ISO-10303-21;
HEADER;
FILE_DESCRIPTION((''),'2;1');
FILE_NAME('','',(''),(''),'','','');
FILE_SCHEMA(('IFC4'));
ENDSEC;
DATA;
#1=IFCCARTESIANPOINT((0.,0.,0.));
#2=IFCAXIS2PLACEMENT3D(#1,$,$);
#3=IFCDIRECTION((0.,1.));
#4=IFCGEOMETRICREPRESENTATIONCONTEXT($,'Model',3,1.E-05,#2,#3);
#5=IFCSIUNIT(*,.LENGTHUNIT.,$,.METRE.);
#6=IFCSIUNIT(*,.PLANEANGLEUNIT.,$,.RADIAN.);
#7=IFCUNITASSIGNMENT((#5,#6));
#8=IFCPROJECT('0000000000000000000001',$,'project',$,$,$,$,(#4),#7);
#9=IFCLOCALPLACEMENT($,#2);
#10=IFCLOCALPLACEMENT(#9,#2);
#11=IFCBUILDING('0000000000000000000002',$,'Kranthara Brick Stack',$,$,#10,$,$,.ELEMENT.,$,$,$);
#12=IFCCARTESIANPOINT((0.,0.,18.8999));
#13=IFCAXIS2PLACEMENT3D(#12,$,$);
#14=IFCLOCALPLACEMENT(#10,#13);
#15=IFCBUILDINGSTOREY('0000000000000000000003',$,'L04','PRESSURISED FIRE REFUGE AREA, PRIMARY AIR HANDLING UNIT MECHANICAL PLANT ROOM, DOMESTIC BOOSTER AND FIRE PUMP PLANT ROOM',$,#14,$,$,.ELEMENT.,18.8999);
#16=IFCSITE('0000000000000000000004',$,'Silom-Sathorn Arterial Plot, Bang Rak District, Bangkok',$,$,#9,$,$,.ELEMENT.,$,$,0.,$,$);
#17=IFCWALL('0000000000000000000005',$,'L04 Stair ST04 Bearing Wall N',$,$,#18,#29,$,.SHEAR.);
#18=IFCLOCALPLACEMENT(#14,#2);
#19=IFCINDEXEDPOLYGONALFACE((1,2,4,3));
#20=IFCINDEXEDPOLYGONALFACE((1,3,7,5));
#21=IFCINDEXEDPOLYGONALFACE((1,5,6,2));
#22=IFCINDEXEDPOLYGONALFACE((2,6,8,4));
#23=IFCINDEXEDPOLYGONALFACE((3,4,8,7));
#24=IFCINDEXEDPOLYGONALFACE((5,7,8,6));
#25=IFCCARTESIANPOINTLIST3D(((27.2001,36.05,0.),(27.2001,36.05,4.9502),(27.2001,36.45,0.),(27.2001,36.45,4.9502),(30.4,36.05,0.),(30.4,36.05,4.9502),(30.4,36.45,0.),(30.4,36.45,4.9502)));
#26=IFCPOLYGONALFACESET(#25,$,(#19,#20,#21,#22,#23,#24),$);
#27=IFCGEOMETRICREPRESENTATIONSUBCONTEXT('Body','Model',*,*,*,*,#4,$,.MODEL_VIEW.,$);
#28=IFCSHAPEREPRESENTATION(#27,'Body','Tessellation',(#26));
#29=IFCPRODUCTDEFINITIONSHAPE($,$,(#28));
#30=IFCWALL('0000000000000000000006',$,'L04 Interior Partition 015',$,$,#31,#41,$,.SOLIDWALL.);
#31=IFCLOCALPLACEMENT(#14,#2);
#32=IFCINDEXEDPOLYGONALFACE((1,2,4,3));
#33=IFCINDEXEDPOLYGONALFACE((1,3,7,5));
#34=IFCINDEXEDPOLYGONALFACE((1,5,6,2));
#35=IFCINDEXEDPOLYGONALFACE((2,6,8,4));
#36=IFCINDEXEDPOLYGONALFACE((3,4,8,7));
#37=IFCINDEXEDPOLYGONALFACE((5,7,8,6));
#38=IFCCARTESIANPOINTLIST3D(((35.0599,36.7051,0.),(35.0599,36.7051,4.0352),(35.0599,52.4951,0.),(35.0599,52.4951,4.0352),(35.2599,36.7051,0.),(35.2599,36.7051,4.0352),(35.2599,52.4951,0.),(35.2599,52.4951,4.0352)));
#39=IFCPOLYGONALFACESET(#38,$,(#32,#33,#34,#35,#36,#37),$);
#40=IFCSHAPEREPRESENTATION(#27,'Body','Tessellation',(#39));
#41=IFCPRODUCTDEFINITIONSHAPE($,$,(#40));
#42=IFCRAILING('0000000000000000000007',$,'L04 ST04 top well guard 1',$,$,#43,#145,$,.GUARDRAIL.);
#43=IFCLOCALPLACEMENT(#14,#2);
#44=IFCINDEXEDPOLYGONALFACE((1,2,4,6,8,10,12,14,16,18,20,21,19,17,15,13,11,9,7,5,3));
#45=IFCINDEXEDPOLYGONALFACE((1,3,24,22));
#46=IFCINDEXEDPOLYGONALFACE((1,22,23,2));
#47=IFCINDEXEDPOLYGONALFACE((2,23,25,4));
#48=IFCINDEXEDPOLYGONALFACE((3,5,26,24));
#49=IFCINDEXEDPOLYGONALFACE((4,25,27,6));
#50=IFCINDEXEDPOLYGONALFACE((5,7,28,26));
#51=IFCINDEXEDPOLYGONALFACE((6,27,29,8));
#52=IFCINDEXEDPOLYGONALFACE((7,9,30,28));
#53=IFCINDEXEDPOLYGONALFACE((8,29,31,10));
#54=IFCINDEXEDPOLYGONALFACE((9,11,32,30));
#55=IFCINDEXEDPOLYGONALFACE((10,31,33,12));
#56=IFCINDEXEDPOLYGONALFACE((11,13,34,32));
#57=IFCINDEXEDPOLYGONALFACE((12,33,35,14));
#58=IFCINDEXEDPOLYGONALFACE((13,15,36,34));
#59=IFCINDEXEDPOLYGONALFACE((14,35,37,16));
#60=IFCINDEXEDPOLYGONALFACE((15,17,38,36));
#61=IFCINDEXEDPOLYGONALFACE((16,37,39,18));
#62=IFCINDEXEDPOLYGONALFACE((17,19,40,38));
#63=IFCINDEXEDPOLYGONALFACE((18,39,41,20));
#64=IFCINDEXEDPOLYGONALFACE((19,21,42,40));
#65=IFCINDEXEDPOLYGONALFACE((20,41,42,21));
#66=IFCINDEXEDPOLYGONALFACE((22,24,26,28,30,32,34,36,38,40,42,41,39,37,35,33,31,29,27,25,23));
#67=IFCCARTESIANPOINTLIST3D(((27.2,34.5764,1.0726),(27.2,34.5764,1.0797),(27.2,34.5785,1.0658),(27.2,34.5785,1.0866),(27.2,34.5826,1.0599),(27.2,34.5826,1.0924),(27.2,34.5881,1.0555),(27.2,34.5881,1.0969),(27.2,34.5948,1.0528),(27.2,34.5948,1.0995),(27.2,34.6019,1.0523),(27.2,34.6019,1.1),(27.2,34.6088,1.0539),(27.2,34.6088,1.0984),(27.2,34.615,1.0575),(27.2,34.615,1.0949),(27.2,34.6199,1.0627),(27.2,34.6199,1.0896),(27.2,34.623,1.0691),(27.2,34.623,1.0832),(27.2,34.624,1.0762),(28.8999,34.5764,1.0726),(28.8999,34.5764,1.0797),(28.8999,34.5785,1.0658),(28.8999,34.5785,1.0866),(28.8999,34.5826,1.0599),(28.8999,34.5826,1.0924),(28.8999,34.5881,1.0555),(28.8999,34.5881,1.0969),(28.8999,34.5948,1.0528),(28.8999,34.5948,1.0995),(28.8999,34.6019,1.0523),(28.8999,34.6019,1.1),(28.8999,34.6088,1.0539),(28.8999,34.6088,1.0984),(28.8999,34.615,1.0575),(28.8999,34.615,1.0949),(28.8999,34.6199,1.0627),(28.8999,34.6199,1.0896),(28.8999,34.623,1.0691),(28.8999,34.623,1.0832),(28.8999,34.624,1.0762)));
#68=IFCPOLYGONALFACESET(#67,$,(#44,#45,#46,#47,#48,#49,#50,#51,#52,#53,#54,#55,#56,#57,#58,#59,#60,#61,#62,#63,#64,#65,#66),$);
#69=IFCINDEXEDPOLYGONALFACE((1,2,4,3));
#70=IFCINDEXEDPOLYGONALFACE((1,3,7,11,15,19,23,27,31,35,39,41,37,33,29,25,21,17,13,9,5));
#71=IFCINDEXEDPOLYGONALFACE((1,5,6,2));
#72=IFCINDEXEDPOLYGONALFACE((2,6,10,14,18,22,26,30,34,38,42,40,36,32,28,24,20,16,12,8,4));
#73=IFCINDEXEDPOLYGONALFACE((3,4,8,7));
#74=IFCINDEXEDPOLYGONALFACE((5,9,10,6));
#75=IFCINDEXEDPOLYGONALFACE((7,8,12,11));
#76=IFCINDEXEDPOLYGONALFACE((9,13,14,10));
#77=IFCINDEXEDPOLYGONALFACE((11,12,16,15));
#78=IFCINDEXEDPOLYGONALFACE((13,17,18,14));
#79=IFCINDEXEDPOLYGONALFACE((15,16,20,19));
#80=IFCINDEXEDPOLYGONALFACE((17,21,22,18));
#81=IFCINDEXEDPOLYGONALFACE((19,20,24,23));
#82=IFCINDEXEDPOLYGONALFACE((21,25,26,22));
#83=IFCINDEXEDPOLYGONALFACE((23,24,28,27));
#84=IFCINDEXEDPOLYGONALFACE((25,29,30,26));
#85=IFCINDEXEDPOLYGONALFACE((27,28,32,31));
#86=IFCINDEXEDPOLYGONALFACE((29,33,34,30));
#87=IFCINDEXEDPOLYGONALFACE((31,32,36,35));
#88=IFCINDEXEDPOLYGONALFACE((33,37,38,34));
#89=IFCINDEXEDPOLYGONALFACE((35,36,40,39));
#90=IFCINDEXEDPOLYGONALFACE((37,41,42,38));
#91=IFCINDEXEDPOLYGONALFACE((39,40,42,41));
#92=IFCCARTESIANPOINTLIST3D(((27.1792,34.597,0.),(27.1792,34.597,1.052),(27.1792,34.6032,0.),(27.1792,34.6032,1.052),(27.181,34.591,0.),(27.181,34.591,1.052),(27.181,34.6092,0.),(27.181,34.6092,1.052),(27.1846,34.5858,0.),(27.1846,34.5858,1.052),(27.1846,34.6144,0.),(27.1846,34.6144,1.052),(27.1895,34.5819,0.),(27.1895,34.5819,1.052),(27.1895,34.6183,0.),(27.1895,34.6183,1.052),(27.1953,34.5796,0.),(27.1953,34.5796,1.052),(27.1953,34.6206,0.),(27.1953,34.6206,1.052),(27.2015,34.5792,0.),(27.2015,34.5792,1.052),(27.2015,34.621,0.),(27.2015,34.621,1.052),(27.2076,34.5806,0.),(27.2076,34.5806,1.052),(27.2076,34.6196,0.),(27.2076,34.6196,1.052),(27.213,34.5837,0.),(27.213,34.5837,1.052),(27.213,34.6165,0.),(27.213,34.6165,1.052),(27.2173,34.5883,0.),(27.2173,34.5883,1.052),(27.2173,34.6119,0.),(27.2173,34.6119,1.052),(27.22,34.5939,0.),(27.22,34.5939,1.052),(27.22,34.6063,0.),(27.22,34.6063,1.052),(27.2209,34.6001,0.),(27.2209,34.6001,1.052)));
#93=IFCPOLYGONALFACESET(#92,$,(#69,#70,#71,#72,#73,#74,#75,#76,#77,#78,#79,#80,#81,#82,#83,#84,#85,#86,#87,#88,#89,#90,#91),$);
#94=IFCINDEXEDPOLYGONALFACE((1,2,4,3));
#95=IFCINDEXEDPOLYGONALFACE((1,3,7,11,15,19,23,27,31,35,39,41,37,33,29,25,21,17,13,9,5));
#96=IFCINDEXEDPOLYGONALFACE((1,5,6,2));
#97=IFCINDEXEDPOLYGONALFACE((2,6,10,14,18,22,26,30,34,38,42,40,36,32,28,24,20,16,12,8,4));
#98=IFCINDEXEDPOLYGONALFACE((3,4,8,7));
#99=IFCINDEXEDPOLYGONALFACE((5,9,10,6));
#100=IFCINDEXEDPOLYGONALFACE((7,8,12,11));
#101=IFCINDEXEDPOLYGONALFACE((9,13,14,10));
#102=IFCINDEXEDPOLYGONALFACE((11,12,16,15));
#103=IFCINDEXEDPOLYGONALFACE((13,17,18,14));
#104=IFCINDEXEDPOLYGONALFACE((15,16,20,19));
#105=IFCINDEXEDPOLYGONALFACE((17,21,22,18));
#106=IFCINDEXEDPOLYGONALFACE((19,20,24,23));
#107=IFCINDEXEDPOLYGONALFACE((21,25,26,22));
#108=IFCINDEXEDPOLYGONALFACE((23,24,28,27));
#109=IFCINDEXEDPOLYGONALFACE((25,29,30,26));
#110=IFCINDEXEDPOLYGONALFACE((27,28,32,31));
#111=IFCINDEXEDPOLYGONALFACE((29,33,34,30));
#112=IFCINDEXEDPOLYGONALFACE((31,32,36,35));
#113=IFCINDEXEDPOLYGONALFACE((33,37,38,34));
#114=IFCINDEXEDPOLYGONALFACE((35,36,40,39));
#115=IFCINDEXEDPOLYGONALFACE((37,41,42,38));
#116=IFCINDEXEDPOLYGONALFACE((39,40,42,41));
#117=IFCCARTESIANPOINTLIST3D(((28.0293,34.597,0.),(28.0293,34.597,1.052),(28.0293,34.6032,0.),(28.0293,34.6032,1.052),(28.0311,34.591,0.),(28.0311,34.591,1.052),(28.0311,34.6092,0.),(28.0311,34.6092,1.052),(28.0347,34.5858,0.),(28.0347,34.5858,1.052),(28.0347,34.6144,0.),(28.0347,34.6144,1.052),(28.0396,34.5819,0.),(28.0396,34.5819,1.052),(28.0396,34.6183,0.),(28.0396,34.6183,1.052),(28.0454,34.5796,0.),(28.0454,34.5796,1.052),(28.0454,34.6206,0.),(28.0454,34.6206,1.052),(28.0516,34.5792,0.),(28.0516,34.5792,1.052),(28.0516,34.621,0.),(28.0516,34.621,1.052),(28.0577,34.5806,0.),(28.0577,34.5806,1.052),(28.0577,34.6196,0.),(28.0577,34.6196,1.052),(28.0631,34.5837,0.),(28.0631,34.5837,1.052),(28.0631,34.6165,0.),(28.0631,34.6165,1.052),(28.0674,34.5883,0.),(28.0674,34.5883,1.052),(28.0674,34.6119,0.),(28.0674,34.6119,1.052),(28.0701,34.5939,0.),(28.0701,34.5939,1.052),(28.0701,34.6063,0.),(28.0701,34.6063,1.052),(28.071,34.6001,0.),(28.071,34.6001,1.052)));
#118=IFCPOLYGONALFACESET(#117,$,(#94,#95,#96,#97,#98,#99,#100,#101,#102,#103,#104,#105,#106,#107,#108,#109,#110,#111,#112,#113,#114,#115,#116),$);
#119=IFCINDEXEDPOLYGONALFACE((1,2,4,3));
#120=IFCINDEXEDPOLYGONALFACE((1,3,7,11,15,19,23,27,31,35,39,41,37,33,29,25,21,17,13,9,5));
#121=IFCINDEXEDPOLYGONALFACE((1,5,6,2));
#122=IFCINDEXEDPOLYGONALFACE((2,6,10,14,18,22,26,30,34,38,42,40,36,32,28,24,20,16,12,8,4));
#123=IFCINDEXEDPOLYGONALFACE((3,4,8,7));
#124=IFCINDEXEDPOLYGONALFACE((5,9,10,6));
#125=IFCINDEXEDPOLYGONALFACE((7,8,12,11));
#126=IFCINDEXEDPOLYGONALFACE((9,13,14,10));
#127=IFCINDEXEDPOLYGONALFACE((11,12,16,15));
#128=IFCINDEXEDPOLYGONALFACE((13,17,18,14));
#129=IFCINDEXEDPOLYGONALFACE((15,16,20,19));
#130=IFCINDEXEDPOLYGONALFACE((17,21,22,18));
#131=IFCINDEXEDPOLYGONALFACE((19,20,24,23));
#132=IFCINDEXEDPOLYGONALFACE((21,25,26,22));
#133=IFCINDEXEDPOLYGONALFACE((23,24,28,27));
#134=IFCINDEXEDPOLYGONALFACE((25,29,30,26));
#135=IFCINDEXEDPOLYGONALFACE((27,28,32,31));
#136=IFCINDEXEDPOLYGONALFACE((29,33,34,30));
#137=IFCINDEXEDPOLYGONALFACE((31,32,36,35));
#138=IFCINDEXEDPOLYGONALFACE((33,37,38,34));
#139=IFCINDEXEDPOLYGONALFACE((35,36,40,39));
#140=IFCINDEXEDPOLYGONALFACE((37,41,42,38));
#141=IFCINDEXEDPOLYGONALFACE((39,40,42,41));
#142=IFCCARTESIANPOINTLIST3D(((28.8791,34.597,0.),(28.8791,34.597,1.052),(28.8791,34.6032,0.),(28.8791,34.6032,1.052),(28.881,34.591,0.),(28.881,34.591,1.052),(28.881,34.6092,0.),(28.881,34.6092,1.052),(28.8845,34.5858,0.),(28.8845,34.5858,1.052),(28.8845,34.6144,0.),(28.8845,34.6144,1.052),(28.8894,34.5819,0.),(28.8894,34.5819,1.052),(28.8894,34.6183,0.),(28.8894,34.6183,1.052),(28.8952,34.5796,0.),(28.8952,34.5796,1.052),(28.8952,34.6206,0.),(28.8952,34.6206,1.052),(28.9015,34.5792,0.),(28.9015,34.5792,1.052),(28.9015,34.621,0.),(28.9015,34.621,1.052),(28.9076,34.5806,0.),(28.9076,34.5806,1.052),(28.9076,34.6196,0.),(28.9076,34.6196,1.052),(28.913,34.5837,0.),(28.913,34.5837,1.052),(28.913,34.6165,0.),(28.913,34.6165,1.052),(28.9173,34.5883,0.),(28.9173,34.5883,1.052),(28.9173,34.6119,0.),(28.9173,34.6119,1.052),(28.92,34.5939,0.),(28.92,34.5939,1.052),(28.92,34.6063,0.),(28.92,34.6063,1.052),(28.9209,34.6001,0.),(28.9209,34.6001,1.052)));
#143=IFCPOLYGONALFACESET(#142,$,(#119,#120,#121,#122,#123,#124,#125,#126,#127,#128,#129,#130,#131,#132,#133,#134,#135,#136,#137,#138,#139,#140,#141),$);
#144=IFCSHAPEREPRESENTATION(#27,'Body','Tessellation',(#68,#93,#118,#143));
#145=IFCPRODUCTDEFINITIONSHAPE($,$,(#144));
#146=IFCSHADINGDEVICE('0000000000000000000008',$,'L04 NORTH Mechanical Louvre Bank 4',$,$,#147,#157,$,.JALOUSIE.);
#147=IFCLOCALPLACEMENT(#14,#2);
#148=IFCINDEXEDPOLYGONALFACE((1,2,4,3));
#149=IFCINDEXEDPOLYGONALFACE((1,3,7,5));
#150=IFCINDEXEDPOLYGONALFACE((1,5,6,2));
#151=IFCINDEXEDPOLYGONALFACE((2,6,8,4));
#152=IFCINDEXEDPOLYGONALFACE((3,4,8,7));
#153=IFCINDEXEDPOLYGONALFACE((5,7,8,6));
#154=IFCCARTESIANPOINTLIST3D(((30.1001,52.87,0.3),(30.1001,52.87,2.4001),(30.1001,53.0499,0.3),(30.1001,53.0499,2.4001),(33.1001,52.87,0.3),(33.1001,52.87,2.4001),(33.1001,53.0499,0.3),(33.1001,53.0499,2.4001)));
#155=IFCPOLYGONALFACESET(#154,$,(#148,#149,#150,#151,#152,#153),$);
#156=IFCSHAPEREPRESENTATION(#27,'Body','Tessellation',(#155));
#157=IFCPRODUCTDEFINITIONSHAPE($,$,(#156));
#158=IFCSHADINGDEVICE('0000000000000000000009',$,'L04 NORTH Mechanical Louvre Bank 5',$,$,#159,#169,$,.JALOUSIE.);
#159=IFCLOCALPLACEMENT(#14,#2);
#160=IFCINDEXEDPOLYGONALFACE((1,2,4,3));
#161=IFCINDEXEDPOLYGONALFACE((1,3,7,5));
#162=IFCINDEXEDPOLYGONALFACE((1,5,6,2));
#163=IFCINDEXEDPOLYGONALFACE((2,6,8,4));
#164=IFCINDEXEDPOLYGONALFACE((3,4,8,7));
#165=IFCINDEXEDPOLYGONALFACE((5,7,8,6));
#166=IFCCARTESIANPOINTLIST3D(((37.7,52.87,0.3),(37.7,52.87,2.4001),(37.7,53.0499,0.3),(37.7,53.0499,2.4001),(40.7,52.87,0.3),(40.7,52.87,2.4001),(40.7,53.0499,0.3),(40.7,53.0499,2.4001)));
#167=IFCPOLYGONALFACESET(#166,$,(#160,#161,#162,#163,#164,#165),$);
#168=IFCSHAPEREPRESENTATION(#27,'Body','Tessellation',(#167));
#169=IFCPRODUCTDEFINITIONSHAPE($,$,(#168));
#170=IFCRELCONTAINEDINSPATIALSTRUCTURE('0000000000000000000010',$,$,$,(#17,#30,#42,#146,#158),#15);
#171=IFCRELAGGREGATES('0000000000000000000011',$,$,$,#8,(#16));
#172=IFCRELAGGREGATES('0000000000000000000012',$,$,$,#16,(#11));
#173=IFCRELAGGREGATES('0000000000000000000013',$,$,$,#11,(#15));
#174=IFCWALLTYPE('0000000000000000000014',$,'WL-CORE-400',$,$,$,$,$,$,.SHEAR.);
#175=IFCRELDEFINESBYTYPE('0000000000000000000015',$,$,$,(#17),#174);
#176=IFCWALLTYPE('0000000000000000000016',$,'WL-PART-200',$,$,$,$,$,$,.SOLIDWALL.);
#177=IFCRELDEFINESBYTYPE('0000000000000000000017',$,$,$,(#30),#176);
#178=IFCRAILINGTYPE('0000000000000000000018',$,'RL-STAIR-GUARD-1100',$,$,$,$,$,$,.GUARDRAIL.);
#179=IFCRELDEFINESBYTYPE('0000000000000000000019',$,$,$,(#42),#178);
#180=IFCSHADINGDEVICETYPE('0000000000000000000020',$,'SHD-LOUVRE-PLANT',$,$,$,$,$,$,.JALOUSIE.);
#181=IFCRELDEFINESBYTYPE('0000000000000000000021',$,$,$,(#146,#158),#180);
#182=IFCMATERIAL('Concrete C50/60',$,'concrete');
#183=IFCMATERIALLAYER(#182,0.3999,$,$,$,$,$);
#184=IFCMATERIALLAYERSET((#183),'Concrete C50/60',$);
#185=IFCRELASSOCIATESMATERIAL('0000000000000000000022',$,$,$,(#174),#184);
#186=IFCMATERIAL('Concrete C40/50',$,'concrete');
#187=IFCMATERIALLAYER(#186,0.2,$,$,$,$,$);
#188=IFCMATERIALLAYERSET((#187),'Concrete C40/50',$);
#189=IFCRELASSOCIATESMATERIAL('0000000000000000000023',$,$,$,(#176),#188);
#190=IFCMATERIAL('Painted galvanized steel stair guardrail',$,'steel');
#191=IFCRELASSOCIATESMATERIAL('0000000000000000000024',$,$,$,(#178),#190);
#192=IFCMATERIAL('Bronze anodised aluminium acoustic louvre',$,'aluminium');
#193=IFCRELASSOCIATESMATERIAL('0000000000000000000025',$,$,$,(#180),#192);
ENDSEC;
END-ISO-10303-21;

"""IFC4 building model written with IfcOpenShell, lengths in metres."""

from ifc_helpers import new_model, si_unit, direction, frame, frame_2d, origin, origin_2d, place, context, subcontext, project, spatial, rectangle, circle, extrude, material, layer, layer_set, type_object, element, save


model = new_model("IFC4")

# Units and contexts
model_context = context("Model", 3, precision=1e-05, world=origin(), true_north=direction((0.0, 1.0)))
body_context = subcontext(model_context, "Body", "Model", "MODEL_VIEW")
ifc_project = project(units=[si_unit("LENGTHUNIT", "METRE"), si_unit("PLANEANGLEUNIT", "RADIAN")], contexts=[model_context])

# Site, building, storey
site_placement = place(None, origin())
site = spatial("IfcSite", under=ifc_project, at=site_placement, Name="Silom-Sathorn Arterial Plot, Bang Rak District, Bangkok", CompositionType="ELEMENT", RefElevation=0.0)
building_placement = place(site_placement, origin())
building = spatial("IfcBuilding", under=site, at=building_placement, Name="Kranthara Brick Stack", CompositionType="ELEMENT")
storey_placement = place(building_placement, frame((0.0, 0.0, 18.8999)))
storey = spatial("IfcBuildingStorey", under=building, at=storey_placement, Name="L04", Description="PRESSURISED FIRE REFUGE AREA, PRIMARY AIR HANDLING UNIT MECHANICAL PLANT ROOM, DOMESTIC BOOSTER AND FIRE PUMP PLANT ROOM", CompositionType="ELEMENT", Elevation=18.8999)

# Wall
ifc_material_1 = material(Name="Concrete C50/60", Category="concrete")
ifc_layer_1 = layer(ifc_material_1, 0.3999)
ifc_layer_set_1 = layer_set([ifc_layer_1], Name="Concrete C50/60")
wall_type_1 = type_object("IfcWallType", Name="WL-CORE-400", PredefinedType="SHEAR", material=ifc_layer_set_1)
wall_1_placement = place(storey_placement, frame((27.2, 36.25, 0.0), z_axis=(0.0, 0.0, 1.0), x_axis=(1.0, 0.0, 0.0)))
element("IfcWall", 1, at=wall_1_placement, inside=storey, type_object=wall_type_1, Name="L04 Stair ST04 Bearing Wall N", PredefinedType="SHEAR", context=body_context, shape_type="SweptSolid", body=[
    extrude(rectangle(XDim=3.2, YDim=0.3999, at=frame_2d((1.6001, 0.0))), origin(), (0.0, 0.0, 1.0), 4.9502),
])

# Wall
ifc_material_2 = material(Name="Concrete C40/50", Category="concrete")
ifc_layer_2 = layer(ifc_material_2, 0.2)
ifc_layer_set_2 = layer_set([ifc_layer_2], Name="Concrete C40/50")
wall_type_2 = type_object("IfcWallType", Name="WL-PART-200", PredefinedType="SOLIDWALL", material=ifc_layer_set_2)
wall_2_placement = place(storey_placement, frame((35.1599, 36.7051, 0.0), z_axis=(0.0, 0.0, 1.0), x_axis=(0.0, 1.0, 0.0)))
element("IfcWall", 2, at=wall_2_placement, inside=storey, type_object=wall_type_2, Name="L04 Interior Partition 015", PredefinedType="SOLIDWALL", context=body_context, shape_type="SweptSolid", body=[
    extrude(rectangle(XDim=15.79, YDim=0.2, at=frame_2d((7.895, 0.0))), origin(), (0.0, 0.0, 1.0), 4.0352),
])

# Railing
ifc_material_3 = material(Name="Painted galvanized steel stair guardrail", Category="steel")
railing_type = type_object("IfcRailingType", Name="RL-STAIR-GUARD-1100", PredefinedType="GUARDRAIL", material=ifc_material_3)
railing_placement = place(storey_placement, frame((27.2, 34.6001, 0.0)))
element("IfcRailing", 3, at=railing_placement, inside=storey, type_object=railing_type, Name="L04 ST04 top well guard 1", PredefinedType="GUARDRAIL", context=body_context, shape_type="SweptSolid", body=[
    extrude(circle(Radius=0.0239, at=origin_2d()), frame((0.0, 0.0, 1.0762), z_axis=(1.0, 0.0, 0.0), x_axis=(0.0, 1.0, 0.0)), (0.0, 0.0, 1.0), 1.7),
    extrude(circle(Radius=0.021, at=origin_2d()), origin(), (0.0, 0.0, 1.0), 1.052),
    extrude(circle(Radius=0.021, at=origin_2d()), frame((0.8501, 0.0, 0.0)), (0.0, 0.0, 1.0), 1.052),
    extrude(circle(Radius=0.021, at=origin_2d()), frame((1.7, 0.0, 0.0)), (0.0, 0.0, 1.0), 1.052),
])

# Shading devices
ifc_material_4 = material(Name="Bronze anodised aluminium acoustic louvre", Category="aluminium")
shading_device_type = type_object("IfcShadingDeviceType", Name="SHD-LOUVRE-PLANT", PredefinedType="JALOUSIE", material=ifc_material_4)
for number, where, z_axis, x_axis, name in (
    (4, (31.6001, 52.96, 0.3), (0.0, 0.0, 1.0), (1.0, 0.0, 0.0), "L04 NORTH Mechanical Louvre Bank 4"),
    (5, (39.2, 52.96, 0.3), (0.0, 0.0, 1.0), (1.0, 0.0, 0.0), "L04 NORTH Mechanical Louvre Bank 5"),
):
    element("IfcShadingDevice", number, at=place(storey_placement, frame(where, z_axis=z_axis, x_axis=x_axis)), inside=storey, type_object=shading_device_type, Name=name, PredefinedType="JALOUSIE", context=body_context, shape_type="SweptSolid", body=[
        extrude(rectangle(XDim=3.0, YDim=0.1799, at=origin_2d()), origin(), (0.0, 0.0, 1.0), 2.1001),
    ])

save(model, "model.ifc")
